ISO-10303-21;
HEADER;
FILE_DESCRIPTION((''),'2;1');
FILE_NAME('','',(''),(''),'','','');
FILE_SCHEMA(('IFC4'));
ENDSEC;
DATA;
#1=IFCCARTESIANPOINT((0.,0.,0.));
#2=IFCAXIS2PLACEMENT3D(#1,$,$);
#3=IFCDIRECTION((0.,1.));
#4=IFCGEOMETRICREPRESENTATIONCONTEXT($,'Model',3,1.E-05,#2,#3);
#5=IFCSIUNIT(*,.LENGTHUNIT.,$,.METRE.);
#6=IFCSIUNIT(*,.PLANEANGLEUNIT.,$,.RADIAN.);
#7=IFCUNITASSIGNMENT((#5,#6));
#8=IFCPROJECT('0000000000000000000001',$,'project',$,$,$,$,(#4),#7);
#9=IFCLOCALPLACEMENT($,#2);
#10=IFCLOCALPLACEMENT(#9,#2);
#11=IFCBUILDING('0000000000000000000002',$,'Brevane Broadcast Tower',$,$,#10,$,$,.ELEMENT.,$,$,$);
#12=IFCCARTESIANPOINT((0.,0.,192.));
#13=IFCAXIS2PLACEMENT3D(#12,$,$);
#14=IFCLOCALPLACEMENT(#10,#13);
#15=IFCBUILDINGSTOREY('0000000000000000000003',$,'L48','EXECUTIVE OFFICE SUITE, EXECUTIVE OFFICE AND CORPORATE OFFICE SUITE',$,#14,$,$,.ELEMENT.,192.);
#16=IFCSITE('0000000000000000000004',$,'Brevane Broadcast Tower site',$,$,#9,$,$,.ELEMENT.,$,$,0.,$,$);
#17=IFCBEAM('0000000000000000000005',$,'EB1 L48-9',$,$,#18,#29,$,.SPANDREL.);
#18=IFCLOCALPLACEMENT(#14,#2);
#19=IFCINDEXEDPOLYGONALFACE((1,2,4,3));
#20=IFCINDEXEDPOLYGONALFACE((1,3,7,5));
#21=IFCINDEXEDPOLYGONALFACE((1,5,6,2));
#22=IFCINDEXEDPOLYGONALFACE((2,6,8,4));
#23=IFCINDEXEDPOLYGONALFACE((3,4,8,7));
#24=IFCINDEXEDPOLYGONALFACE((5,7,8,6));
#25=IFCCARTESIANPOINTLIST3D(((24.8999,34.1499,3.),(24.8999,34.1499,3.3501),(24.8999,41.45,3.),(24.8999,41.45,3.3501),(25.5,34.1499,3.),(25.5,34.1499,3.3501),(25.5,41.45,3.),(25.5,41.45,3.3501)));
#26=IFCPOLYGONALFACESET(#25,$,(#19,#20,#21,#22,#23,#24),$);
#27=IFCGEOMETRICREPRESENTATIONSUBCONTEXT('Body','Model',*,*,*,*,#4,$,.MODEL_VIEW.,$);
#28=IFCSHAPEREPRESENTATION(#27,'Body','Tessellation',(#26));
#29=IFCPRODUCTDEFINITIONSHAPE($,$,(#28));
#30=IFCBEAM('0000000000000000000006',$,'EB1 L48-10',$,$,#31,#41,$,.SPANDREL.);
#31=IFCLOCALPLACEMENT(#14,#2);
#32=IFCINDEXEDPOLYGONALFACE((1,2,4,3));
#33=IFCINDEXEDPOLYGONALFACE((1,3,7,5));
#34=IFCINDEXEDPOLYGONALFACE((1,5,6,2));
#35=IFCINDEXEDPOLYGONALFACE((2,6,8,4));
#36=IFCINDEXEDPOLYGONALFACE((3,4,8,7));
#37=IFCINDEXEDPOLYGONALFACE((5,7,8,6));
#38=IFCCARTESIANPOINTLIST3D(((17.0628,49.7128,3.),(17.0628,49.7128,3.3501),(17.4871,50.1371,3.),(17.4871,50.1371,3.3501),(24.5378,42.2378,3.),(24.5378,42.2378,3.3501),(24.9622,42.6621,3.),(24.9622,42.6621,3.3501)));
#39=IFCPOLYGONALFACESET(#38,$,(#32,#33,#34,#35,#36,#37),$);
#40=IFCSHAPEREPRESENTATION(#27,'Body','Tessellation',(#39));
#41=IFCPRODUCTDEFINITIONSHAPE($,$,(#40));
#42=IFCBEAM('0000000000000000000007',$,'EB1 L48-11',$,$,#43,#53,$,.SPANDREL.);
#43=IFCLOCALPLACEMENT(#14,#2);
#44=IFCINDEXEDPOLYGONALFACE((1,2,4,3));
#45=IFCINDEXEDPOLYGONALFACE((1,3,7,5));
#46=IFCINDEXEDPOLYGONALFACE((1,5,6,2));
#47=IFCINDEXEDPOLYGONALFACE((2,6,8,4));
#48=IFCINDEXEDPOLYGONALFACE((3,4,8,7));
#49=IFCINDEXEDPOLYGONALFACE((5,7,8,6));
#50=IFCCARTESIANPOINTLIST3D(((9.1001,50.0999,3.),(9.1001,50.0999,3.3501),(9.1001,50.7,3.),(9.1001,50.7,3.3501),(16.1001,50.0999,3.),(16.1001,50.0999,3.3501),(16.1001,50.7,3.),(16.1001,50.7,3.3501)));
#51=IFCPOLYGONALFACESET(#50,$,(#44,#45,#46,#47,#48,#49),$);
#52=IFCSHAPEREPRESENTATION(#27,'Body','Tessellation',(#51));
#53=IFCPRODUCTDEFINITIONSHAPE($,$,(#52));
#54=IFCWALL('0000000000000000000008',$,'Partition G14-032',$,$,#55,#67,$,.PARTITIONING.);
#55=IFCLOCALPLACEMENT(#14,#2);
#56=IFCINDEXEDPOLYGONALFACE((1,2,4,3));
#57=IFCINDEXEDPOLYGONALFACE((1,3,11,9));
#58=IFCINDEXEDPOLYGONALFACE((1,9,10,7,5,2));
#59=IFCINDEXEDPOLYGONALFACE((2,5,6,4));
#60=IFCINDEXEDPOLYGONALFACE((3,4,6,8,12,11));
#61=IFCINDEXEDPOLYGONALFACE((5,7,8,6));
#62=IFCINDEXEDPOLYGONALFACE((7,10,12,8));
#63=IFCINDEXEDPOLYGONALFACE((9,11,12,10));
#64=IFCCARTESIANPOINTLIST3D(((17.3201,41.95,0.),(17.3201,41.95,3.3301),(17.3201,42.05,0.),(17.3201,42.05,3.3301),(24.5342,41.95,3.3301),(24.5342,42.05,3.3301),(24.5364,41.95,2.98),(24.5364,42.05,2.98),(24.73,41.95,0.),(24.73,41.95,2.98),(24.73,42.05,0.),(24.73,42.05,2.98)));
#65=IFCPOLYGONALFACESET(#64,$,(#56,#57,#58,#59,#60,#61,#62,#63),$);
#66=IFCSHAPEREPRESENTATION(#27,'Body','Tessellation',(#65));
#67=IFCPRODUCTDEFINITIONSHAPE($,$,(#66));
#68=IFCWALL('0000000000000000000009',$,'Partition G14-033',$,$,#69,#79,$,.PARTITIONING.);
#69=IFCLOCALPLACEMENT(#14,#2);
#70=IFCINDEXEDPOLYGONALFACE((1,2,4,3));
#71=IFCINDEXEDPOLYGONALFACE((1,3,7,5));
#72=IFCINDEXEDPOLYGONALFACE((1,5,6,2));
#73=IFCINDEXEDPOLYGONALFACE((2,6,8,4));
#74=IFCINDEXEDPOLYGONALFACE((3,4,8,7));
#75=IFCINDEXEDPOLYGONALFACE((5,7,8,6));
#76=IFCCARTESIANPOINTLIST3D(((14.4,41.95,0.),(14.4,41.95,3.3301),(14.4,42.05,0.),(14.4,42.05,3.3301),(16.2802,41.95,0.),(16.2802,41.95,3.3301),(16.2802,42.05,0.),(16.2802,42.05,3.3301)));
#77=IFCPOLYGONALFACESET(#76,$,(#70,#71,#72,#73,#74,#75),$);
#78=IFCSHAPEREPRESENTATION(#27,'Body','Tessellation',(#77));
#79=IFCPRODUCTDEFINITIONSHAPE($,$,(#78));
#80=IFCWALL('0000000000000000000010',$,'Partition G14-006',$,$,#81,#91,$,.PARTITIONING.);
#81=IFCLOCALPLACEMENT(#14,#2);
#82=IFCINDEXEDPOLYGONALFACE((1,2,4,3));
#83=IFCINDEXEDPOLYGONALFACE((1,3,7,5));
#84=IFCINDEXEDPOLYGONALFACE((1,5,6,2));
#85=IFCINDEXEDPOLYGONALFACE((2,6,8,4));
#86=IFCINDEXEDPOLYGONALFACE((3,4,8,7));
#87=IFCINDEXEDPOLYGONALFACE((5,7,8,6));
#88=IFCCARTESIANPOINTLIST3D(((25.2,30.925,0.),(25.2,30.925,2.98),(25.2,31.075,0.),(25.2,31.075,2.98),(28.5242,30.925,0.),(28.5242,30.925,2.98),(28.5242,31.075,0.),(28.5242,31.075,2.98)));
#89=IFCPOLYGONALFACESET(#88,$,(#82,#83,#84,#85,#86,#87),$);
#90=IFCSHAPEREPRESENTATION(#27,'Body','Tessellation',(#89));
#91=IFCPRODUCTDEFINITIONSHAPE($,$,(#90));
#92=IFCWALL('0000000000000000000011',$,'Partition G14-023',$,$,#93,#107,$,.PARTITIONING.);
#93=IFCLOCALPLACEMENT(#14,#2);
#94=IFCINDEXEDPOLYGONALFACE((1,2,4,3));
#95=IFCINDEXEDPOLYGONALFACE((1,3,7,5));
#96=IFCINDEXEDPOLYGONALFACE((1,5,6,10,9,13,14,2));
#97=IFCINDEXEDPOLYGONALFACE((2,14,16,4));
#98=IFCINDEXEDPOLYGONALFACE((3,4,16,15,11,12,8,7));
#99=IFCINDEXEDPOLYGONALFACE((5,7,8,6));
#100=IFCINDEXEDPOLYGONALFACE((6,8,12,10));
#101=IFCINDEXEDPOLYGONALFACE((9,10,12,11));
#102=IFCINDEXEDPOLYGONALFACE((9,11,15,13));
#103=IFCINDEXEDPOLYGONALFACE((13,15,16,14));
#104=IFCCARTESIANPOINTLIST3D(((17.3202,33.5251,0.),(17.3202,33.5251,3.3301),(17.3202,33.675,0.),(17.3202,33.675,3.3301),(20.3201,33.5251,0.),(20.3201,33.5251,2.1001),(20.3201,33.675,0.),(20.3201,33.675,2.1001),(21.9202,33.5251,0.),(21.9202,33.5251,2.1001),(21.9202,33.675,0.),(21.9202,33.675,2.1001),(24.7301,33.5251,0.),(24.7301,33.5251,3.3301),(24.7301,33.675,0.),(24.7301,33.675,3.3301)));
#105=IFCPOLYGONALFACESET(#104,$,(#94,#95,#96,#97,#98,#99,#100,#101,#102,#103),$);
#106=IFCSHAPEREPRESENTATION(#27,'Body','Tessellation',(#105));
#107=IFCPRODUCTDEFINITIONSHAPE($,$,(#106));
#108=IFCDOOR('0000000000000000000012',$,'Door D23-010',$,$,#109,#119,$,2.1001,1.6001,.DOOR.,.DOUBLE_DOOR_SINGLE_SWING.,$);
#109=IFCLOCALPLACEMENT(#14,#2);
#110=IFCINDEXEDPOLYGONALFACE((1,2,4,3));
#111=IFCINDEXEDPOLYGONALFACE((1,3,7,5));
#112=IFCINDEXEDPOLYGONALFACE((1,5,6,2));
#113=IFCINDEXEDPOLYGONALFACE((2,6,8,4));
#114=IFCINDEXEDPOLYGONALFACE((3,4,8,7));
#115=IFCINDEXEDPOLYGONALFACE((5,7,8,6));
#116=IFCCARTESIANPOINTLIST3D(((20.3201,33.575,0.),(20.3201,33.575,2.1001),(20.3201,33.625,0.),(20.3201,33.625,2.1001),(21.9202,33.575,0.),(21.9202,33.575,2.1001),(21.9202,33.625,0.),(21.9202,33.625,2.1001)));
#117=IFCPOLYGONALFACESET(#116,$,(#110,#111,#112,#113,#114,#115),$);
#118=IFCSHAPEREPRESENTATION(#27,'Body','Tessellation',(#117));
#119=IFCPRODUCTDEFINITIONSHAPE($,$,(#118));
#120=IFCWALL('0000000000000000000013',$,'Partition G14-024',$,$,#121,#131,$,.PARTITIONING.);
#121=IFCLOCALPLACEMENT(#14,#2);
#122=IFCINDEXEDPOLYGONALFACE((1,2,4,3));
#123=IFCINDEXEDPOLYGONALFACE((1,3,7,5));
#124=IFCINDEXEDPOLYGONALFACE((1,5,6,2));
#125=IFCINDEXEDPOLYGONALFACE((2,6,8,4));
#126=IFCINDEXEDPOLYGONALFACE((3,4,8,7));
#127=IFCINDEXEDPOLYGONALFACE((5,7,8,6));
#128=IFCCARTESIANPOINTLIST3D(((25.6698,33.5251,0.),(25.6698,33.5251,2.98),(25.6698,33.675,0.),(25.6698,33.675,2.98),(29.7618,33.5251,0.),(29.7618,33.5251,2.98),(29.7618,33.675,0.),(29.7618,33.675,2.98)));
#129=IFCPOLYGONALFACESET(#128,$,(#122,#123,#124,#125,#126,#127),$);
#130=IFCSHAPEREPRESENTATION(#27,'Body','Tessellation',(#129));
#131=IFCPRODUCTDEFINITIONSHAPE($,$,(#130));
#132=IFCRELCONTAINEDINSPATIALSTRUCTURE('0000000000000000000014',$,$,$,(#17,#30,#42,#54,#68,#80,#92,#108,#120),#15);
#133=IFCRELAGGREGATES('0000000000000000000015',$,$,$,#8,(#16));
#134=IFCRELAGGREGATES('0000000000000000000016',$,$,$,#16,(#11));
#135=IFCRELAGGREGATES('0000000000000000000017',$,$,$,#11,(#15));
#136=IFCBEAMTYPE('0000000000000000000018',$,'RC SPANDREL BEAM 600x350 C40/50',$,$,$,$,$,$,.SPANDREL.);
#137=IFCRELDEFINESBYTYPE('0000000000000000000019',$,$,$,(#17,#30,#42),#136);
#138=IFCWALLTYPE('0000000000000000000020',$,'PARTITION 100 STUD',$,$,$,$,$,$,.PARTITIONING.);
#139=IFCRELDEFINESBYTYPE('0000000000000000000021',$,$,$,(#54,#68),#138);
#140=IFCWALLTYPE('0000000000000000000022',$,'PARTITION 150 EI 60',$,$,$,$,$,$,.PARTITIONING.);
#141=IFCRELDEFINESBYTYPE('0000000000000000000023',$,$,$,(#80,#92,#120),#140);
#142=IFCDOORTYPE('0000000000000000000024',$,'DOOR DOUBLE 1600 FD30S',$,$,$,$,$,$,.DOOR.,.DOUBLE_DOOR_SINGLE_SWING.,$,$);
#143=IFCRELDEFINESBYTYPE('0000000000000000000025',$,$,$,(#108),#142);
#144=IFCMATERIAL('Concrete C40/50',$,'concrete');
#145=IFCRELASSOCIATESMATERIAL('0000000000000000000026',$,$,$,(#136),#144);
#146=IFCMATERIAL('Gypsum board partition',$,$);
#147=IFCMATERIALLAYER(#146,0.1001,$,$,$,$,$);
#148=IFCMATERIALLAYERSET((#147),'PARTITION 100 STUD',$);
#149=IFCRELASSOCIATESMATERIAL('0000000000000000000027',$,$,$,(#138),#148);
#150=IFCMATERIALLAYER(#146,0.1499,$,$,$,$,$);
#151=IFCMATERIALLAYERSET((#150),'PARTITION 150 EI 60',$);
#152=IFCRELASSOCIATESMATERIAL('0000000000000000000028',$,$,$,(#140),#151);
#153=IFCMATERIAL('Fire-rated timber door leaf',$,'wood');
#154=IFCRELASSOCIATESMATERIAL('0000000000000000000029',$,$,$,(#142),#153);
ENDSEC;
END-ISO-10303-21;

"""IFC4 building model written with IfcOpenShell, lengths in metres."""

from ifc_helpers import new_model, si_unit, direction, frame, frame_2d, origin, origin_2d, place, context, subcontext, project, spatial, polyline, rectangle, outline, extrude, material, layer, layer_set, material_profile, profile_set, type_object, element, fill, save


model = new_model("IFC4")

# Units and contexts
model_context = context("Model", 3, precision=1e-05, world=origin(), true_north=direction((0.0, 1.0)))
body_context = subcontext(model_context, "Body", "Model", "MODEL_VIEW")
ifc_project = project(units=[si_unit("LENGTHUNIT", "METRE"), si_unit("PLANEANGLEUNIT", "RADIAN")], contexts=[model_context])

# Site, building, storey
site_placement = place(None, origin())
site = spatial("IfcSite", under=ifc_project, at=site_placement, Name="Brevane Broadcast Tower site", CompositionType="ELEMENT", RefElevation=0.0)
building_placement = place(site_placement, origin())
building = spatial("IfcBuilding", under=site, at=building_placement, Name="Brevane Broadcast Tower", CompositionType="ELEMENT")
storey_placement = place(building_placement, frame((0.0, 0.0, 192.0)))
storey = spatial("IfcBuildingStorey", under=building, at=storey_placement, Name="L48", Description="EXECUTIVE OFFICE SUITE, EXECUTIVE OFFICE AND CORPORATE OFFICE SUITE", CompositionType="ELEMENT", Elevation=192.0)

# Beams
ifc_material_1 = material(Name="Concrete C40/50", Category="concrete")
ifc_material_profile_1 = material_profile(ifc_material_1, rectangle(XDim=0.6001, YDim=0.3501, at=origin_2d()), Name="RC 600x350")
ifc_profile_set_1 = profile_set([ifc_material_profile_1], Name="Concrete C40/50")
beam_type_1 = type_object("IfcBeamType", Name="RC SPANDREL BEAM 600x350 C40/50", PredefinedType="SPANDREL", material=ifc_profile_set_1)
beam_1_placement = place(storey_placement, frame((25.2, 34.1499, 3.175), z_axis=(0.0, 1.0, 0.0), x_axis=(-1.0, 0.0, 0.0)))
element("IfcBeam", 1, at=beam_1_placement, inside=storey, type_object=beam_type_1, Name="EB1 L48-9", PredefinedType="SPANDREL", context=body_context, shape_type="SweptSolid", body=[
    extrude(rectangle(XDim=0.6001, YDim=0.3501, at=origin_2d()), origin(), (0.0, 0.0, 1.0), 7.3),
])
beam_2_placement = place(storey_placement, frame((24.75, 42.45, 3.175), z_axis=(-0.707107, 0.707107, 0.0), x_axis=(-0.707107, -0.707107, 0.0)))
element("IfcBeam", 2, at=beam_2_placement, inside=storey, type_object=beam_type_1, Name="EB1 L48-10", PredefinedType="SPANDREL", context=body_context, shape_type="SweptSolid", body=[
    extrude(rectangle(XDim=0.6001, YDim=0.3501, at=origin_2d()), origin(), (0.0, 0.0, 1.0), 10.5713),
])
beam_3_placement = place(storey_placement, frame((16.1001, 50.3999, 3.175), z_axis=(-1.0, 0.0, 0.0), x_axis=(0.0, -1.0, 0.0)))
element("IfcBeam", 3, at=beam_3_placement, inside=storey, type_object=beam_type_1, Name="EB1 L48-11", PredefinedType="SPANDREL", context=body_context, shape_type="SweptSolid", body=[
    extrude(rectangle(XDim=0.6001, YDim=0.3501, at=origin_2d()), origin(), (0.0, 0.0, 1.0), 7.0),
])

# Walls
ifc_material_2 = material(Name="Gypsum board partition")
ifc_layer_1 = layer(ifc_material_2, 0.1001)
ifc_layer_set_1 = layer_set([ifc_layer_1], Name="PARTITION 100 STUD")
wall_type_1 = type_object("IfcWallType", Name="PARTITION 100 STUD", PredefinedType="PARTITIONING", material=ifc_layer_set_1)
wall_1_placement = place(storey_placement, frame((24.73, 42.0, 0.0), z_axis=(0.0, 0.0, 1.0), x_axis=(-1.0, 0.0, 0.0)))
element("IfcWall", 4, at=wall_1_placement, inside=storey, type_object=wall_type_1, Name="Partition G14-032", PredefinedType="PARTITIONING", context=body_context, shape_type="SweptSolid", body=[
    extrude(outline(polyline([(0.0, 0.0), (7.4099, 0.0), (7.4099, 3.3301), (0.1958, 3.3301), (0.1936, 2.98), (0.0, 2.98), (0.0, 0.0)])), frame((0.0, 0.05, 0.0), z_axis=(0.0, -1.0, 0.0), x_axis=(1.0, 0.0, 0.0)), (0.0, 0.0, 1.0), 0.1001),
])
wall_2_placement = place(storey_placement, frame((16.28, 42.0, 0.0), z_axis=(0.0, 0.0, 1.0), x_axis=(-1.0, 0.0, 0.0)))
element("IfcWall", 5, at=wall_2_placement, inside=storey, type_object=wall_type_1, Name="Partition G14-033", PredefinedType="PARTITIONING", context=body_context, shape_type="SweptSolid", body=[
    extrude(rectangle(XDim=1.8801, YDim=0.1001, at=frame_2d((0.9399, 0.0))), origin(), (0.0, 0.0, 1.0), 3.3301),
])
ifc_layer_2 = layer(ifc_material_2, 0.1499)
ifc_layer_set_2 = layer_set([ifc_layer_2], Name="PARTITION 150 EI 60")
wall_type_2 = type_object("IfcWallType", Name="PARTITION 150 EI 60", PredefinedType="PARTITIONING", material=ifc_layer_set_2)
wall_3_placement = place(storey_placement, frame((25.2, 31.0, 0.0), z_axis=(0.0, 0.0, 1.0), x_axis=(1.0, 0.0, 0.0)))
element("IfcWall", 6, at=wall_3_placement, inside=storey, type_object=wall_type_2, Name="Partition G14-006", PredefinedType="PARTITIONING", context=body_context, shape_type="SweptSolid", body=[
    extrude(rectangle(XDim=3.3242, YDim=0.1499, at=frame_2d((1.6621, 0.0))), origin(), (0.0, 0.0, 1.0), 2.98),
])

# Wall, opening, door
wall_4_placement = place(storey_placement, frame((17.3201, 33.6001, 0.0), z_axis=(0.0, 0.0, 1.0), x_axis=(1.0, 0.0, 0.0)))
wall_4 = element("IfcWall", 7, at=wall_4_placement, inside=storey, type_object=wall_type_2, Name="Partition G14-023", PredefinedType="PARTITIONING", context=body_context, shape_type="SweptSolid", body=[
    extrude(rectangle(XDim=7.4099, YDim=0.1499, at=frame_2d((3.7051, 0.0))), origin(), (0.0, 0.0, 1.0), 3.3301),
])
opening_placement = place(wall_4_placement, frame((3.0, 0.0, 0.0)))
opening = element("IfcOpeningElement", 8, at=opening_placement, cuts=wall_4, PredefinedType="OPENING", context=body_context, shape_type="SweptSolid", body=[
    extrude(rectangle(XDim=1.6001, YDim=2.1001, at=frame_2d((0.8, 1.05))), frame((0.0, 0.085, 0.0), z_axis=(0.0, -1.0, 0.0), x_axis=(1.0, 0.0, 0.0)), (0.0, 0.0, 1.0), 0.1699),
])
ifc_material_3 = material(Name="Fire-rated timber door leaf", Category="wood")
door_type = type_object("IfcDoorType", Name="DOOR DOUBLE 1600 FD30S", OperationType="DOUBLE_DOOR_SINGLE_SWING", PredefinedType="DOOR", material=ifc_material_3)
door_placement = place(opening_placement, origin())
door = element("IfcDoor", 9, at=door_placement, inside=storey, type_object=door_type, Name="Door D23-010", OperationType="DOUBLE_DOOR_SINGLE_SWING", OverallHeight=2.1001, OverallWidth=1.6001, PredefinedType="DOOR", context=body_context, shape_type="SweptSolid", body=[
    extrude(rectangle(XDim=1.6001, YDim=2.1001, at=frame_2d((0.8, 1.05))), frame((0.0, 0.0249, 0.0), z_axis=(0.0, -1.0, 0.0), x_axis=(1.0, 0.0, 0.0)), (0.0, 0.0, 1.0), 0.05),
])
fill(opening, door)

# Wall
wall_5_placement = place(storey_placement, frame((25.6699, 33.6001, 0.0), z_axis=(0.0, 0.0, 1.0), x_axis=(1.0, 0.0, 0.0)))
element("IfcWall", 10, at=wall_5_placement, inside=storey, type_object=wall_type_2, Name="Partition G14-024", PredefinedType="PARTITIONING", context=body_context, shape_type="SweptSolid", body=[
    extrude(rectangle(XDim=4.092, YDim=0.1499, at=frame_2d((2.0459, 0.0))), origin(), (0.0, 0.0, 1.0), 2.98),
])

save(model, "model.ifc")
